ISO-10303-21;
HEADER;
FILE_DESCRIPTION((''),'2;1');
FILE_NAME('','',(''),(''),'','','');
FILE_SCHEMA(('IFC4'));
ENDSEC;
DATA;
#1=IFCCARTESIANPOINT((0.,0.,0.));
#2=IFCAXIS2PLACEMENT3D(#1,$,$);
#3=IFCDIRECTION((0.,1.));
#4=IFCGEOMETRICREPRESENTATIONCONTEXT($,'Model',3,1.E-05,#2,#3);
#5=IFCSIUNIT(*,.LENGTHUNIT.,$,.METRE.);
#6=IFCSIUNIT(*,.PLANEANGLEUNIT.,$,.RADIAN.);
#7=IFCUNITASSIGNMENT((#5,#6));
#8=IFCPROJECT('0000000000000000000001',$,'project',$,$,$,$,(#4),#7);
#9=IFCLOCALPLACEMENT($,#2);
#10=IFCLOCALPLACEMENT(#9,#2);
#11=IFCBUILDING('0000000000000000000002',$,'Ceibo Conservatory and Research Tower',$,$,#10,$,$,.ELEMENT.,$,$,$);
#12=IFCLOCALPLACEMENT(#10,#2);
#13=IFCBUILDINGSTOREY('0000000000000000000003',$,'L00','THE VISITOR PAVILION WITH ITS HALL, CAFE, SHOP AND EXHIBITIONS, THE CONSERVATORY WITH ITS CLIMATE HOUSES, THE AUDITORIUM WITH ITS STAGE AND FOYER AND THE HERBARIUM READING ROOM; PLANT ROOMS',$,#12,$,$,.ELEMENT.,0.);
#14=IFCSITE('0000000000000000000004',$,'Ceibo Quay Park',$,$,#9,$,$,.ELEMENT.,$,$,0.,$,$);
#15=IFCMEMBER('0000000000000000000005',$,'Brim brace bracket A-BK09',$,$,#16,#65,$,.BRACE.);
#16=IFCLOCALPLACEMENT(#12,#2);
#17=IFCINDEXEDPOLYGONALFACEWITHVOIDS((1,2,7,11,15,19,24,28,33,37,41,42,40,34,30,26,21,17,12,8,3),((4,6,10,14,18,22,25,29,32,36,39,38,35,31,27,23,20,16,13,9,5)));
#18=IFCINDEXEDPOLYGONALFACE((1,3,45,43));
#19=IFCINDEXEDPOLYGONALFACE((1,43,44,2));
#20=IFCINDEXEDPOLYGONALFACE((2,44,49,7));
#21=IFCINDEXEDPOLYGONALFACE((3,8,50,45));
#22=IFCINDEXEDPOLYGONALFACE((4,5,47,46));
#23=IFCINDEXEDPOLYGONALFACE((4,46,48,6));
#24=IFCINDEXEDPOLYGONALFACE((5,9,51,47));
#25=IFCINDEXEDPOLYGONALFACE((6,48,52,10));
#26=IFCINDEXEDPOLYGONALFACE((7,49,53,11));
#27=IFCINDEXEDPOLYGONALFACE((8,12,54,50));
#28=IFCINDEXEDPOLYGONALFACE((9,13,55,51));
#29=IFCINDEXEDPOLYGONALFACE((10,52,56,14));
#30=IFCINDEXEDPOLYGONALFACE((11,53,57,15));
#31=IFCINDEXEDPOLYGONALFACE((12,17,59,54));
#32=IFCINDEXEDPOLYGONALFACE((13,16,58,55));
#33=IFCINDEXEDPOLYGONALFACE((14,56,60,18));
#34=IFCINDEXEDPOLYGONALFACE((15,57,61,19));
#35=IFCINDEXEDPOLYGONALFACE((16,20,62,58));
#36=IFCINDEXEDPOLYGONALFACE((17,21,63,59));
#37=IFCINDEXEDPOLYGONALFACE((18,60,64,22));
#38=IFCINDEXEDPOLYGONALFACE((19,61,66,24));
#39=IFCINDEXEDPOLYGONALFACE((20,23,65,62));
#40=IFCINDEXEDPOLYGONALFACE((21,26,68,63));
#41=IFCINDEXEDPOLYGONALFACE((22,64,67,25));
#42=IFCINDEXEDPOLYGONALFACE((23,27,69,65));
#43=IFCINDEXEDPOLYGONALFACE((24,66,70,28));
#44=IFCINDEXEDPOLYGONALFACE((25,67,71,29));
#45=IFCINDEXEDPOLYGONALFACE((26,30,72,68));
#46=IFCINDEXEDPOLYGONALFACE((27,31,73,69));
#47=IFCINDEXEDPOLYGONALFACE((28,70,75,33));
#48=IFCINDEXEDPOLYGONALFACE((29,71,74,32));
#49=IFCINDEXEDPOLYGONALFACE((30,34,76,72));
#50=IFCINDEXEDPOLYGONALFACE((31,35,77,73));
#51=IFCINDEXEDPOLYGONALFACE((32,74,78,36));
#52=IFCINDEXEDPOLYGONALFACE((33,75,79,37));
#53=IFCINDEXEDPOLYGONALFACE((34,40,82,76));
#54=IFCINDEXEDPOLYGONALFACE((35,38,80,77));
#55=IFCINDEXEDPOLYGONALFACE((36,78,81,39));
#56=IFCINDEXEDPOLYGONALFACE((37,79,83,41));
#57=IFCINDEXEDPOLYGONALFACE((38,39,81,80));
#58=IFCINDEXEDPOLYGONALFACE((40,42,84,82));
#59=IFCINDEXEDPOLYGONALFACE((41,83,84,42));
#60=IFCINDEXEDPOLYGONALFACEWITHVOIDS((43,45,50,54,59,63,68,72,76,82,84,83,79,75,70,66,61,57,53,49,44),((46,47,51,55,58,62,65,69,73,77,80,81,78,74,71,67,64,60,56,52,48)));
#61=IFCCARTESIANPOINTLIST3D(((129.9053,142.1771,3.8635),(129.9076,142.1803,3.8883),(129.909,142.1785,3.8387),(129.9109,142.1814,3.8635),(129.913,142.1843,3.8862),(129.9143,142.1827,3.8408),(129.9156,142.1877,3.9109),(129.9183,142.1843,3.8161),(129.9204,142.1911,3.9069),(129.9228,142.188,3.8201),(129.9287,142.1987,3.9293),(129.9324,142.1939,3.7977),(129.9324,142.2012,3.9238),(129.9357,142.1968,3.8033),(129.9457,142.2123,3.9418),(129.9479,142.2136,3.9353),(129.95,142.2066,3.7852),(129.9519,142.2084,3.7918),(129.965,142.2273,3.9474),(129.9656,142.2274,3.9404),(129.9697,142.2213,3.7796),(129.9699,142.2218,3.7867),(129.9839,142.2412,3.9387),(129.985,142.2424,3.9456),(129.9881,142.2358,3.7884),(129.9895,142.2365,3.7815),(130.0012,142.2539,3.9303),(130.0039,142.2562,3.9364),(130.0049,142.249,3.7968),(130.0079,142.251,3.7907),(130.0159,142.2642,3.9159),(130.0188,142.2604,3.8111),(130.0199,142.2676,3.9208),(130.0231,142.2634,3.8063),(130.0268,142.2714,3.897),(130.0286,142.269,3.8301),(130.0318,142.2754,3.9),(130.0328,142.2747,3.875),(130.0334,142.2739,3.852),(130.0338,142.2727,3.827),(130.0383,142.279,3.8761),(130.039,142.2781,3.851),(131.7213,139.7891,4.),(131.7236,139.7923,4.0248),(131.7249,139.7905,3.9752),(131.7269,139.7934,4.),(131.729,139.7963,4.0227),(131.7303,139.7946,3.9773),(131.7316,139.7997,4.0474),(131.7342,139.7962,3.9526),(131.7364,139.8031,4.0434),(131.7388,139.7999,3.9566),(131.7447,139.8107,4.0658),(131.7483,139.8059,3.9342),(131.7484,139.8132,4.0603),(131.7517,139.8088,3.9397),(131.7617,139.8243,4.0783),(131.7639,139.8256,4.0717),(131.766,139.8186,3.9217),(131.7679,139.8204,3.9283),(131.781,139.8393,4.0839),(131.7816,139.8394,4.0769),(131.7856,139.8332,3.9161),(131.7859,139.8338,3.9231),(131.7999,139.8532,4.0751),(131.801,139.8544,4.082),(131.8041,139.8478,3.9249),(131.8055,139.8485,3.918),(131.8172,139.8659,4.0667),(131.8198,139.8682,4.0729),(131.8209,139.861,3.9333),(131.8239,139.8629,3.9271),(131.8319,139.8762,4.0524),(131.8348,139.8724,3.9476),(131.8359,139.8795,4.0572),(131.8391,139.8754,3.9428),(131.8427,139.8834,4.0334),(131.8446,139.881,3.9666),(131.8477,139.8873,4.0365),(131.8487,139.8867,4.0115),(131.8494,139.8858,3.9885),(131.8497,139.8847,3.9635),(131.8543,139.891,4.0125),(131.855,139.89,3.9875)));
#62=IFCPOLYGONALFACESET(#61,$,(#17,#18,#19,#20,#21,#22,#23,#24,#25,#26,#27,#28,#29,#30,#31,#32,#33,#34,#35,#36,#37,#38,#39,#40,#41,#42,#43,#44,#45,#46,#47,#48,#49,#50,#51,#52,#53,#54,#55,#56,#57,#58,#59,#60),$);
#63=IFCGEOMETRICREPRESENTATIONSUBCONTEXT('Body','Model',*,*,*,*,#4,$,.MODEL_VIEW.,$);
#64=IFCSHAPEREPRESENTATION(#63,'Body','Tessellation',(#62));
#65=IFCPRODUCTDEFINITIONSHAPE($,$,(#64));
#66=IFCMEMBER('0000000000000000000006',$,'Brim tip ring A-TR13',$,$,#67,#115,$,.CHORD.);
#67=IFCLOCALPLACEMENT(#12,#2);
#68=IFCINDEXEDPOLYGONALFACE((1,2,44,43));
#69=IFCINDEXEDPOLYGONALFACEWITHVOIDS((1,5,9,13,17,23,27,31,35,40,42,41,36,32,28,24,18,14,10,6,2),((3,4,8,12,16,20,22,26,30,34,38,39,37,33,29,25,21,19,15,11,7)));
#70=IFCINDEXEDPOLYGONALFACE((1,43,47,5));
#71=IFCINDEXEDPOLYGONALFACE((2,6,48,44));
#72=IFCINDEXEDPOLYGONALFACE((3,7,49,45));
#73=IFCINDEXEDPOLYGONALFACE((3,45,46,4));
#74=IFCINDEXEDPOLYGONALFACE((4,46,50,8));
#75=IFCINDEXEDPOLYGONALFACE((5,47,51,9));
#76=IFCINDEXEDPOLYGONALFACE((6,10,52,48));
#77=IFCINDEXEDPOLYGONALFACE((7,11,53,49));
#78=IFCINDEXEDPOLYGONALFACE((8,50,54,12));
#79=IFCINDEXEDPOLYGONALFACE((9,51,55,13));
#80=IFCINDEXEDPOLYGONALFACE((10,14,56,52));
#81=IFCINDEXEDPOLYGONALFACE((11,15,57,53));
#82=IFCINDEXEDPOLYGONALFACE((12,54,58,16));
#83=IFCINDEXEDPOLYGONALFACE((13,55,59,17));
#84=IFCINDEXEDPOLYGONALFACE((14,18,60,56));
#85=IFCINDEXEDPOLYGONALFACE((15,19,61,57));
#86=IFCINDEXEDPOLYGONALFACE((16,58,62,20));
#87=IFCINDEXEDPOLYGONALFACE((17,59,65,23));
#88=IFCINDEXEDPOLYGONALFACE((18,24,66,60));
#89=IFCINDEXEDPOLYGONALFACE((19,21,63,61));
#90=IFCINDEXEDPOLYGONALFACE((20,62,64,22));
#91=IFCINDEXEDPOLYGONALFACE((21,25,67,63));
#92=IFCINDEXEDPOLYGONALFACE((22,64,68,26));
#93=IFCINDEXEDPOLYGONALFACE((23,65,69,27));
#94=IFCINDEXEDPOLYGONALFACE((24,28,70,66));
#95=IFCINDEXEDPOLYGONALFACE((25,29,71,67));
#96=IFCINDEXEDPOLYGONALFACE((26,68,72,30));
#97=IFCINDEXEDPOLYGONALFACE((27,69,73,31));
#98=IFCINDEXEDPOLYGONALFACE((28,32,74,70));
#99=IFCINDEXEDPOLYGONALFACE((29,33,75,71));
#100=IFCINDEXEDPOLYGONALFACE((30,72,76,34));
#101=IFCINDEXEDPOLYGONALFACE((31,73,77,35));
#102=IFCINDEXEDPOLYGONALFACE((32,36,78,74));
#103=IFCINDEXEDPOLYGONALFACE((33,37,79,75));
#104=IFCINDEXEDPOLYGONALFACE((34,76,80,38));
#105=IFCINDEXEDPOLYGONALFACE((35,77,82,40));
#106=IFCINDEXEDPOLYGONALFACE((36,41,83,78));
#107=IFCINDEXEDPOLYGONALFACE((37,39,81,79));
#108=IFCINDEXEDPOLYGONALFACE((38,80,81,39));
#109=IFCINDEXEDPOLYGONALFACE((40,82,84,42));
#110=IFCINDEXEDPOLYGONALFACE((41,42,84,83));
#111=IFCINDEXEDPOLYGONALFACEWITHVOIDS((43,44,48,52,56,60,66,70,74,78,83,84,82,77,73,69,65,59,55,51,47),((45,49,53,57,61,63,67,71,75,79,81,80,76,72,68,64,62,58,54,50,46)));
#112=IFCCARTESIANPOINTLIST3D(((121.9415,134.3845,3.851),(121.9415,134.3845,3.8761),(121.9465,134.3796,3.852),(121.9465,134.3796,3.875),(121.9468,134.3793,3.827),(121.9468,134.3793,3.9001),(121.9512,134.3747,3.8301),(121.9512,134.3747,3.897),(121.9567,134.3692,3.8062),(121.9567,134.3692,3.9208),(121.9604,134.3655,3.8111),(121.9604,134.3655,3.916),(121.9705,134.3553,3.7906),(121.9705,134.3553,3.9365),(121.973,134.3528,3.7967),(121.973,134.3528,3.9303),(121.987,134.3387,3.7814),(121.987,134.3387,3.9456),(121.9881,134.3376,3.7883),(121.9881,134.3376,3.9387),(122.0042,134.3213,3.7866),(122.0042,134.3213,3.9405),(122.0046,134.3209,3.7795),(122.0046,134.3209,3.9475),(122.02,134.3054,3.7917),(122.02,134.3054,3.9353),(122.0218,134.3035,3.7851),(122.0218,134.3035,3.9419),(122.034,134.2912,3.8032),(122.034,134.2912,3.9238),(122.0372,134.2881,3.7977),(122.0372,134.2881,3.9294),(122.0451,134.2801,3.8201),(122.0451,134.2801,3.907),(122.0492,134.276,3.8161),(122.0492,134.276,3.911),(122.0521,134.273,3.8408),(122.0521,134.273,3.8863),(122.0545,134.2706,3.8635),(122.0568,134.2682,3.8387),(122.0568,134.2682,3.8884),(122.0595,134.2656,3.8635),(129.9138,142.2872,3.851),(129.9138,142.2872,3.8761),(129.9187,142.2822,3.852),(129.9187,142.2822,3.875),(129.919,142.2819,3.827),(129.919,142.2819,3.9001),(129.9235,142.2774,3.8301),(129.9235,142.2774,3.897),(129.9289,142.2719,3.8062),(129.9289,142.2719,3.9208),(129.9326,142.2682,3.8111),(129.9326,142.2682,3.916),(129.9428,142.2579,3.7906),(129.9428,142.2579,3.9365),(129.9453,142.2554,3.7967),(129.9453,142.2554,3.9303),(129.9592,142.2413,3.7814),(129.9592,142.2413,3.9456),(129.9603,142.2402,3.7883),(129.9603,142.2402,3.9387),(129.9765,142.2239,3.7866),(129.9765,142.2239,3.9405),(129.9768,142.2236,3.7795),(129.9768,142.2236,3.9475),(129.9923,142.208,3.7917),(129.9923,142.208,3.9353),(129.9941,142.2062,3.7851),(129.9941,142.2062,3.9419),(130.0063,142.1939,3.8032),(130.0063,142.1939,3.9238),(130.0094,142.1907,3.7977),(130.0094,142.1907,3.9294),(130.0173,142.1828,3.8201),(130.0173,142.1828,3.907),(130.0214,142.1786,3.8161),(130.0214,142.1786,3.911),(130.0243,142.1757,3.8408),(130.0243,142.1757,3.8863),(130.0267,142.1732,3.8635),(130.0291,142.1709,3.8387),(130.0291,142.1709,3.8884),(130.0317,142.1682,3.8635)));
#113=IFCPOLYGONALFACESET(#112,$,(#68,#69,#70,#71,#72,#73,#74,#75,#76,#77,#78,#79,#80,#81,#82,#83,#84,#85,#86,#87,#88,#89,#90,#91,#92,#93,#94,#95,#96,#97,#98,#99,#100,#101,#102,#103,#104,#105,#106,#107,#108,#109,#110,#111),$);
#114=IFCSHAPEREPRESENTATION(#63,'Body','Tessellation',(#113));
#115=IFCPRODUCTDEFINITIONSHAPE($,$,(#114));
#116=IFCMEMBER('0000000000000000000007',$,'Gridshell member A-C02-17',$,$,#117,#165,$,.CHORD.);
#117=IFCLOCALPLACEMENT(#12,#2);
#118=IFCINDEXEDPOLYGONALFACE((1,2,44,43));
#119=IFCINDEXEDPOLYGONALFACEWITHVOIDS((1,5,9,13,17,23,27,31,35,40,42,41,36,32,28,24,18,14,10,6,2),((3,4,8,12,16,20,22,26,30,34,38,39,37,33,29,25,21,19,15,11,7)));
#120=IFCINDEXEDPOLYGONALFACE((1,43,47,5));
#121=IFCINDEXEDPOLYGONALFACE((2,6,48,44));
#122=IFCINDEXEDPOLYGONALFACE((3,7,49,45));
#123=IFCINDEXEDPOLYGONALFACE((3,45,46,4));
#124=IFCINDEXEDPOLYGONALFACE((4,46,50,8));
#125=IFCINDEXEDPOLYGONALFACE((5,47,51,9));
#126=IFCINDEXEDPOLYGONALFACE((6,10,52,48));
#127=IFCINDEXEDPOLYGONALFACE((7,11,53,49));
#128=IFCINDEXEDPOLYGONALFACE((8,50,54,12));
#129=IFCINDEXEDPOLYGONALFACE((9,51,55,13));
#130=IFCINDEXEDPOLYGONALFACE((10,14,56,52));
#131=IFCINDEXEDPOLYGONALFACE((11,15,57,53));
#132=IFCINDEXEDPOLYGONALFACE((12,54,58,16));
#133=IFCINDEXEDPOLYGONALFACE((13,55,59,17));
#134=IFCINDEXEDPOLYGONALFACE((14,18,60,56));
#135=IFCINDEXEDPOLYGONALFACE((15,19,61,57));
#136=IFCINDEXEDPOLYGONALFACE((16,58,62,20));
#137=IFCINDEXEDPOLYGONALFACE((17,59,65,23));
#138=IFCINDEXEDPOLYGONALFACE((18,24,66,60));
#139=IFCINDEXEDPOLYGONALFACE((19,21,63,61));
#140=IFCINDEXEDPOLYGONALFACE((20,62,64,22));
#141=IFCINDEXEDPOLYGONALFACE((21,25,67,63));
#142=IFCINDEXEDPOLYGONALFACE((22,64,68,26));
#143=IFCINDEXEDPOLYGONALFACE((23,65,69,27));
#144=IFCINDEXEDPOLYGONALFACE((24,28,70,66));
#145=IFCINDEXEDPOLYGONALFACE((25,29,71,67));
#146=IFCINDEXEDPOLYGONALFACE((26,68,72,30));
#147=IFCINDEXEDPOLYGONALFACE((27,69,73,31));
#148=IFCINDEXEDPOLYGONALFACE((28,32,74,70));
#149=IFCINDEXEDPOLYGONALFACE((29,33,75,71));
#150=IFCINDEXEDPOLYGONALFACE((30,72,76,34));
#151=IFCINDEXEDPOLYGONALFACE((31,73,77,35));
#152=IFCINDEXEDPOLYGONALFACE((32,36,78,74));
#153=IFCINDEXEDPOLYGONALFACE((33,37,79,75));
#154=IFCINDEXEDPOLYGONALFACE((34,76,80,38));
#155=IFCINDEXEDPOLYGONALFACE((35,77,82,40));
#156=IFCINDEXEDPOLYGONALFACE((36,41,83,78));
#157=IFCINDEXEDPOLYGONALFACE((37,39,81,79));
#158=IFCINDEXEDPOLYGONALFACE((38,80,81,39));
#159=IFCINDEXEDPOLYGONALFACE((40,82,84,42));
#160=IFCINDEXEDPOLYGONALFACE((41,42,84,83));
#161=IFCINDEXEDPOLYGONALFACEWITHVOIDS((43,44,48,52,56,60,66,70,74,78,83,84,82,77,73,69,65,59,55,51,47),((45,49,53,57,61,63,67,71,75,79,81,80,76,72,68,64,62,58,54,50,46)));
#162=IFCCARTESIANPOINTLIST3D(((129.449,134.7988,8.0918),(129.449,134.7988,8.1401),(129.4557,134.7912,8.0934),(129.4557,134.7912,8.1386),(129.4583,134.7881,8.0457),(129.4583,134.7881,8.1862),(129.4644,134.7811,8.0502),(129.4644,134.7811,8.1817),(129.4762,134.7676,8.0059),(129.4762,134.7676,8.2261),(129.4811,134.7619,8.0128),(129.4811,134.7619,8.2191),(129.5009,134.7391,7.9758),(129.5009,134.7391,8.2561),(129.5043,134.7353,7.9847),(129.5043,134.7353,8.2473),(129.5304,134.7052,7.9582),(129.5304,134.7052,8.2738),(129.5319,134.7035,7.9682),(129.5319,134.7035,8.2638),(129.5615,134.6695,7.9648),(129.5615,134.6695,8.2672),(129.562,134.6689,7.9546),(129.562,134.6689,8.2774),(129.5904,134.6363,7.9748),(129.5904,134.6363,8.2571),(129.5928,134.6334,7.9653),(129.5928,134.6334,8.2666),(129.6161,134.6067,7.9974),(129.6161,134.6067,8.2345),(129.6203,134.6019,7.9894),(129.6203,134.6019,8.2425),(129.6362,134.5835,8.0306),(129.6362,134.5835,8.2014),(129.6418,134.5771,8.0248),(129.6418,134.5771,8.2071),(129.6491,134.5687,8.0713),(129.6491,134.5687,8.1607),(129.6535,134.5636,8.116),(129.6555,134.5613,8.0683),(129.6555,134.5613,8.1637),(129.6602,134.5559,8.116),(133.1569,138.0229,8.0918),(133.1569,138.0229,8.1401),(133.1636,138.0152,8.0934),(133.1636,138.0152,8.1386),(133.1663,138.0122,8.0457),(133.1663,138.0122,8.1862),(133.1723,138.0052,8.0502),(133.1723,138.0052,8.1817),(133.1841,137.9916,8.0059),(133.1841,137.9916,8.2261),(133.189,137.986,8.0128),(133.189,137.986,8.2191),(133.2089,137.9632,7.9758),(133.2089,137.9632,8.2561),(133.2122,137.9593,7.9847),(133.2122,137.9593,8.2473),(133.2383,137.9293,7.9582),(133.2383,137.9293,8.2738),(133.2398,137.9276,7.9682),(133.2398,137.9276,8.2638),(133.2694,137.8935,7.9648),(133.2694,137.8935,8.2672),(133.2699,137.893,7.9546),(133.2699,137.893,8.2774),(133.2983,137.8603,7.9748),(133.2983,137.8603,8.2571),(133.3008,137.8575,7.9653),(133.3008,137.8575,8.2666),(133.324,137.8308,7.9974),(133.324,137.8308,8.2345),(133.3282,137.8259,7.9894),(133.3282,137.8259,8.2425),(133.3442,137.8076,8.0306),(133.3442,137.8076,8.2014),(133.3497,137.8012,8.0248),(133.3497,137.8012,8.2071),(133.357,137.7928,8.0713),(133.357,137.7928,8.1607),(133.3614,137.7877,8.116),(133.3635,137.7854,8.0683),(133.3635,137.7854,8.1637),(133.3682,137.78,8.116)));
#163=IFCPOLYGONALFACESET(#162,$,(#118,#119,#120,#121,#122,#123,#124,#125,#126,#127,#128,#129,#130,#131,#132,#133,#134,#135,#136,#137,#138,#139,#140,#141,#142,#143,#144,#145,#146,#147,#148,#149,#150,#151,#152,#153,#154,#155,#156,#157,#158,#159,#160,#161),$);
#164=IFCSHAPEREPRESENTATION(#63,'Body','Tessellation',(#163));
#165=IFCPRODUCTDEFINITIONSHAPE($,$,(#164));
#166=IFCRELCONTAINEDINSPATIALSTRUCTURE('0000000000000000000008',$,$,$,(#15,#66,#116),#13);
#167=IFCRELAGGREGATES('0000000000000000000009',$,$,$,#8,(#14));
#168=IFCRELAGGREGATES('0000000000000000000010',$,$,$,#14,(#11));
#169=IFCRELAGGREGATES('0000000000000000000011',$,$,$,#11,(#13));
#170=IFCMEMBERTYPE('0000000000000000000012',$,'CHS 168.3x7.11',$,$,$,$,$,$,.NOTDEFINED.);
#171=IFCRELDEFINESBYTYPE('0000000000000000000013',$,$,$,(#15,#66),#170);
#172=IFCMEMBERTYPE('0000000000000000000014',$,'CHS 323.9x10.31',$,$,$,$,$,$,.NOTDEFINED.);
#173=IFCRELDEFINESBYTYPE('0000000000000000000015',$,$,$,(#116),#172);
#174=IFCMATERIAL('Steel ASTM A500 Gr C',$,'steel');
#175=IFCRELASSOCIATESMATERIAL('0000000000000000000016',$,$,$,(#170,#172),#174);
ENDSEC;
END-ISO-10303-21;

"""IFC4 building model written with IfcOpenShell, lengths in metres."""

from ifc_helpers import new_model, si_unit, direction, frame, origin, origin_2d, place, context, subcontext, project, spatial, hollow_circle, extrude, material, material_profile, profile_set, type_object, element, save


model = new_model("IFC4")

# Units and contexts
model_context = context("Model", 3, precision=1e-05, world=origin(), true_north=direction((0.0, 1.0)))
body_context = subcontext(model_context, "Body", "Model", "MODEL_VIEW")
ifc_project = project(units=[si_unit("LENGTHUNIT", "METRE"), si_unit("PLANEANGLEUNIT", "RADIAN")], contexts=[model_context])

# Site, building, storey
site_placement = place(None, origin())
site = spatial("IfcSite", under=ifc_project, at=site_placement, Name="Ceibo Quay Park", CompositionType="ELEMENT", RefElevation=0.0)
building_placement = place(site_placement, origin())
building = spatial("IfcBuilding", under=site, at=building_placement, Name="Ceibo Conservatory and Research Tower", CompositionType="ELEMENT")
storey_placement = place(building_placement, origin())
storey = spatial("IfcBuildingStorey", under=building, at=storey_placement, Name="L00", Description="THE VISITOR PAVILION WITH ITS HALL, CAFE, SHOP AND EXHIBITIONS, THE CONSERVATORY WITH ITS CLIMATE HOUSES, THE AUDITORIUM WITH ITS STAGE AND FOYER AND THE HERBARIUM READING ROOM; PLANT ROOMS", CompositionType="ELEMENT", Elevation=0.0)

# Members
ifc_material_1 = material(Name="Steel ASTM A500 Gr C", Category="steel")
ifc_material_profile_1 = material_profile(ifc_material_1, hollow_circle(Radius=0.0842, WallThickness=0.0071, at=origin_2d()), Name="CHS 168.3x7.11")
ifc_profile_set_1 = profile_set([ifc_material_profile_1], Name="Steel ASTM A500 Gr C")
member_type_1 = type_object("IfcMemberType", Name="CHS 168.3x7.11", PredefinedType="NOTDEFINED", material=ifc_profile_set_1)
member_1_placement = place(storey_placement, frame((131.7883, 139.8401, 4.0), z_axis=(-0.604687, 0.795166, -0.045445), x_axis=(-0.795988, -0.605312, 0.0)))
element("IfcMember", 1, at=member_1_placement, inside=storey, type_object=member_type_1, Name="Brim brace bracket A-BK09", PredefinedType="BRACE", context=body_context, shape_type="SweptSolid", body=[
    extrude(hollow_circle(Radius=0.0842, WallThickness=0.0071, at=origin_2d()), origin(), (0.0, 0.0, 1.0), 3.0032),
])
member_2_placement = place(storey_placement, frame((129.9724, 142.228, 3.8635), z_axis=(-0.710199, -0.704001, 0.0), x_axis=(0.704001, -0.710199, 0.0)))
element("IfcMember", 2, at=member_2_placement, inside=storey, type_object=member_type_1, Name="Brim tip ring A-TR13", PredefinedType="CHORD", context=body_context, shape_type="SweptSolid", body=[
    extrude(hollow_circle(Radius=0.0842, WallThickness=0.0071, at=origin_2d()), origin(), (0.0, 0.0, 1.0), 11.2253),
])
ifc_material_profile_2 = material_profile(ifc_material_1, hollow_circle(Radius=0.1619, WallThickness=0.0103, at=origin_2d()), Name="CHS 323.9x10.31")
ifc_profile_set_2 = profile_set([ifc_material_profile_2], Name="Steel ASTM A500 Gr C")
member_type_2 = type_object("IfcMemberType", Name="CHS 323.9x10.31", PredefinedType="NOTDEFINED", material=ifc_profile_set_2)
for number, where, z_axis, x_axis, name in (
    (3, (133.262, 137.9021, 8.116), (-0.754629, -0.656152, 0.0), (0.656152, -0.754629, 0.0), "Gridshell member A-C02-17"),
):
    element("IfcMember", number, at=place(storey_placement, frame(where, z_axis=z_axis, x_axis=x_axis)), inside=storey, type_object=member_type_2, Name=name, PredefinedType="CHORD", context=body_context, shape_type="SweptSolid", body=[
        extrude(hollow_circle(Radius=0.1619, WallThickness=0.0103, at=origin_2d()), origin(), (0.0, 0.0, 1.0), 4.9136),
    ])

save(model, "model.ifc")
